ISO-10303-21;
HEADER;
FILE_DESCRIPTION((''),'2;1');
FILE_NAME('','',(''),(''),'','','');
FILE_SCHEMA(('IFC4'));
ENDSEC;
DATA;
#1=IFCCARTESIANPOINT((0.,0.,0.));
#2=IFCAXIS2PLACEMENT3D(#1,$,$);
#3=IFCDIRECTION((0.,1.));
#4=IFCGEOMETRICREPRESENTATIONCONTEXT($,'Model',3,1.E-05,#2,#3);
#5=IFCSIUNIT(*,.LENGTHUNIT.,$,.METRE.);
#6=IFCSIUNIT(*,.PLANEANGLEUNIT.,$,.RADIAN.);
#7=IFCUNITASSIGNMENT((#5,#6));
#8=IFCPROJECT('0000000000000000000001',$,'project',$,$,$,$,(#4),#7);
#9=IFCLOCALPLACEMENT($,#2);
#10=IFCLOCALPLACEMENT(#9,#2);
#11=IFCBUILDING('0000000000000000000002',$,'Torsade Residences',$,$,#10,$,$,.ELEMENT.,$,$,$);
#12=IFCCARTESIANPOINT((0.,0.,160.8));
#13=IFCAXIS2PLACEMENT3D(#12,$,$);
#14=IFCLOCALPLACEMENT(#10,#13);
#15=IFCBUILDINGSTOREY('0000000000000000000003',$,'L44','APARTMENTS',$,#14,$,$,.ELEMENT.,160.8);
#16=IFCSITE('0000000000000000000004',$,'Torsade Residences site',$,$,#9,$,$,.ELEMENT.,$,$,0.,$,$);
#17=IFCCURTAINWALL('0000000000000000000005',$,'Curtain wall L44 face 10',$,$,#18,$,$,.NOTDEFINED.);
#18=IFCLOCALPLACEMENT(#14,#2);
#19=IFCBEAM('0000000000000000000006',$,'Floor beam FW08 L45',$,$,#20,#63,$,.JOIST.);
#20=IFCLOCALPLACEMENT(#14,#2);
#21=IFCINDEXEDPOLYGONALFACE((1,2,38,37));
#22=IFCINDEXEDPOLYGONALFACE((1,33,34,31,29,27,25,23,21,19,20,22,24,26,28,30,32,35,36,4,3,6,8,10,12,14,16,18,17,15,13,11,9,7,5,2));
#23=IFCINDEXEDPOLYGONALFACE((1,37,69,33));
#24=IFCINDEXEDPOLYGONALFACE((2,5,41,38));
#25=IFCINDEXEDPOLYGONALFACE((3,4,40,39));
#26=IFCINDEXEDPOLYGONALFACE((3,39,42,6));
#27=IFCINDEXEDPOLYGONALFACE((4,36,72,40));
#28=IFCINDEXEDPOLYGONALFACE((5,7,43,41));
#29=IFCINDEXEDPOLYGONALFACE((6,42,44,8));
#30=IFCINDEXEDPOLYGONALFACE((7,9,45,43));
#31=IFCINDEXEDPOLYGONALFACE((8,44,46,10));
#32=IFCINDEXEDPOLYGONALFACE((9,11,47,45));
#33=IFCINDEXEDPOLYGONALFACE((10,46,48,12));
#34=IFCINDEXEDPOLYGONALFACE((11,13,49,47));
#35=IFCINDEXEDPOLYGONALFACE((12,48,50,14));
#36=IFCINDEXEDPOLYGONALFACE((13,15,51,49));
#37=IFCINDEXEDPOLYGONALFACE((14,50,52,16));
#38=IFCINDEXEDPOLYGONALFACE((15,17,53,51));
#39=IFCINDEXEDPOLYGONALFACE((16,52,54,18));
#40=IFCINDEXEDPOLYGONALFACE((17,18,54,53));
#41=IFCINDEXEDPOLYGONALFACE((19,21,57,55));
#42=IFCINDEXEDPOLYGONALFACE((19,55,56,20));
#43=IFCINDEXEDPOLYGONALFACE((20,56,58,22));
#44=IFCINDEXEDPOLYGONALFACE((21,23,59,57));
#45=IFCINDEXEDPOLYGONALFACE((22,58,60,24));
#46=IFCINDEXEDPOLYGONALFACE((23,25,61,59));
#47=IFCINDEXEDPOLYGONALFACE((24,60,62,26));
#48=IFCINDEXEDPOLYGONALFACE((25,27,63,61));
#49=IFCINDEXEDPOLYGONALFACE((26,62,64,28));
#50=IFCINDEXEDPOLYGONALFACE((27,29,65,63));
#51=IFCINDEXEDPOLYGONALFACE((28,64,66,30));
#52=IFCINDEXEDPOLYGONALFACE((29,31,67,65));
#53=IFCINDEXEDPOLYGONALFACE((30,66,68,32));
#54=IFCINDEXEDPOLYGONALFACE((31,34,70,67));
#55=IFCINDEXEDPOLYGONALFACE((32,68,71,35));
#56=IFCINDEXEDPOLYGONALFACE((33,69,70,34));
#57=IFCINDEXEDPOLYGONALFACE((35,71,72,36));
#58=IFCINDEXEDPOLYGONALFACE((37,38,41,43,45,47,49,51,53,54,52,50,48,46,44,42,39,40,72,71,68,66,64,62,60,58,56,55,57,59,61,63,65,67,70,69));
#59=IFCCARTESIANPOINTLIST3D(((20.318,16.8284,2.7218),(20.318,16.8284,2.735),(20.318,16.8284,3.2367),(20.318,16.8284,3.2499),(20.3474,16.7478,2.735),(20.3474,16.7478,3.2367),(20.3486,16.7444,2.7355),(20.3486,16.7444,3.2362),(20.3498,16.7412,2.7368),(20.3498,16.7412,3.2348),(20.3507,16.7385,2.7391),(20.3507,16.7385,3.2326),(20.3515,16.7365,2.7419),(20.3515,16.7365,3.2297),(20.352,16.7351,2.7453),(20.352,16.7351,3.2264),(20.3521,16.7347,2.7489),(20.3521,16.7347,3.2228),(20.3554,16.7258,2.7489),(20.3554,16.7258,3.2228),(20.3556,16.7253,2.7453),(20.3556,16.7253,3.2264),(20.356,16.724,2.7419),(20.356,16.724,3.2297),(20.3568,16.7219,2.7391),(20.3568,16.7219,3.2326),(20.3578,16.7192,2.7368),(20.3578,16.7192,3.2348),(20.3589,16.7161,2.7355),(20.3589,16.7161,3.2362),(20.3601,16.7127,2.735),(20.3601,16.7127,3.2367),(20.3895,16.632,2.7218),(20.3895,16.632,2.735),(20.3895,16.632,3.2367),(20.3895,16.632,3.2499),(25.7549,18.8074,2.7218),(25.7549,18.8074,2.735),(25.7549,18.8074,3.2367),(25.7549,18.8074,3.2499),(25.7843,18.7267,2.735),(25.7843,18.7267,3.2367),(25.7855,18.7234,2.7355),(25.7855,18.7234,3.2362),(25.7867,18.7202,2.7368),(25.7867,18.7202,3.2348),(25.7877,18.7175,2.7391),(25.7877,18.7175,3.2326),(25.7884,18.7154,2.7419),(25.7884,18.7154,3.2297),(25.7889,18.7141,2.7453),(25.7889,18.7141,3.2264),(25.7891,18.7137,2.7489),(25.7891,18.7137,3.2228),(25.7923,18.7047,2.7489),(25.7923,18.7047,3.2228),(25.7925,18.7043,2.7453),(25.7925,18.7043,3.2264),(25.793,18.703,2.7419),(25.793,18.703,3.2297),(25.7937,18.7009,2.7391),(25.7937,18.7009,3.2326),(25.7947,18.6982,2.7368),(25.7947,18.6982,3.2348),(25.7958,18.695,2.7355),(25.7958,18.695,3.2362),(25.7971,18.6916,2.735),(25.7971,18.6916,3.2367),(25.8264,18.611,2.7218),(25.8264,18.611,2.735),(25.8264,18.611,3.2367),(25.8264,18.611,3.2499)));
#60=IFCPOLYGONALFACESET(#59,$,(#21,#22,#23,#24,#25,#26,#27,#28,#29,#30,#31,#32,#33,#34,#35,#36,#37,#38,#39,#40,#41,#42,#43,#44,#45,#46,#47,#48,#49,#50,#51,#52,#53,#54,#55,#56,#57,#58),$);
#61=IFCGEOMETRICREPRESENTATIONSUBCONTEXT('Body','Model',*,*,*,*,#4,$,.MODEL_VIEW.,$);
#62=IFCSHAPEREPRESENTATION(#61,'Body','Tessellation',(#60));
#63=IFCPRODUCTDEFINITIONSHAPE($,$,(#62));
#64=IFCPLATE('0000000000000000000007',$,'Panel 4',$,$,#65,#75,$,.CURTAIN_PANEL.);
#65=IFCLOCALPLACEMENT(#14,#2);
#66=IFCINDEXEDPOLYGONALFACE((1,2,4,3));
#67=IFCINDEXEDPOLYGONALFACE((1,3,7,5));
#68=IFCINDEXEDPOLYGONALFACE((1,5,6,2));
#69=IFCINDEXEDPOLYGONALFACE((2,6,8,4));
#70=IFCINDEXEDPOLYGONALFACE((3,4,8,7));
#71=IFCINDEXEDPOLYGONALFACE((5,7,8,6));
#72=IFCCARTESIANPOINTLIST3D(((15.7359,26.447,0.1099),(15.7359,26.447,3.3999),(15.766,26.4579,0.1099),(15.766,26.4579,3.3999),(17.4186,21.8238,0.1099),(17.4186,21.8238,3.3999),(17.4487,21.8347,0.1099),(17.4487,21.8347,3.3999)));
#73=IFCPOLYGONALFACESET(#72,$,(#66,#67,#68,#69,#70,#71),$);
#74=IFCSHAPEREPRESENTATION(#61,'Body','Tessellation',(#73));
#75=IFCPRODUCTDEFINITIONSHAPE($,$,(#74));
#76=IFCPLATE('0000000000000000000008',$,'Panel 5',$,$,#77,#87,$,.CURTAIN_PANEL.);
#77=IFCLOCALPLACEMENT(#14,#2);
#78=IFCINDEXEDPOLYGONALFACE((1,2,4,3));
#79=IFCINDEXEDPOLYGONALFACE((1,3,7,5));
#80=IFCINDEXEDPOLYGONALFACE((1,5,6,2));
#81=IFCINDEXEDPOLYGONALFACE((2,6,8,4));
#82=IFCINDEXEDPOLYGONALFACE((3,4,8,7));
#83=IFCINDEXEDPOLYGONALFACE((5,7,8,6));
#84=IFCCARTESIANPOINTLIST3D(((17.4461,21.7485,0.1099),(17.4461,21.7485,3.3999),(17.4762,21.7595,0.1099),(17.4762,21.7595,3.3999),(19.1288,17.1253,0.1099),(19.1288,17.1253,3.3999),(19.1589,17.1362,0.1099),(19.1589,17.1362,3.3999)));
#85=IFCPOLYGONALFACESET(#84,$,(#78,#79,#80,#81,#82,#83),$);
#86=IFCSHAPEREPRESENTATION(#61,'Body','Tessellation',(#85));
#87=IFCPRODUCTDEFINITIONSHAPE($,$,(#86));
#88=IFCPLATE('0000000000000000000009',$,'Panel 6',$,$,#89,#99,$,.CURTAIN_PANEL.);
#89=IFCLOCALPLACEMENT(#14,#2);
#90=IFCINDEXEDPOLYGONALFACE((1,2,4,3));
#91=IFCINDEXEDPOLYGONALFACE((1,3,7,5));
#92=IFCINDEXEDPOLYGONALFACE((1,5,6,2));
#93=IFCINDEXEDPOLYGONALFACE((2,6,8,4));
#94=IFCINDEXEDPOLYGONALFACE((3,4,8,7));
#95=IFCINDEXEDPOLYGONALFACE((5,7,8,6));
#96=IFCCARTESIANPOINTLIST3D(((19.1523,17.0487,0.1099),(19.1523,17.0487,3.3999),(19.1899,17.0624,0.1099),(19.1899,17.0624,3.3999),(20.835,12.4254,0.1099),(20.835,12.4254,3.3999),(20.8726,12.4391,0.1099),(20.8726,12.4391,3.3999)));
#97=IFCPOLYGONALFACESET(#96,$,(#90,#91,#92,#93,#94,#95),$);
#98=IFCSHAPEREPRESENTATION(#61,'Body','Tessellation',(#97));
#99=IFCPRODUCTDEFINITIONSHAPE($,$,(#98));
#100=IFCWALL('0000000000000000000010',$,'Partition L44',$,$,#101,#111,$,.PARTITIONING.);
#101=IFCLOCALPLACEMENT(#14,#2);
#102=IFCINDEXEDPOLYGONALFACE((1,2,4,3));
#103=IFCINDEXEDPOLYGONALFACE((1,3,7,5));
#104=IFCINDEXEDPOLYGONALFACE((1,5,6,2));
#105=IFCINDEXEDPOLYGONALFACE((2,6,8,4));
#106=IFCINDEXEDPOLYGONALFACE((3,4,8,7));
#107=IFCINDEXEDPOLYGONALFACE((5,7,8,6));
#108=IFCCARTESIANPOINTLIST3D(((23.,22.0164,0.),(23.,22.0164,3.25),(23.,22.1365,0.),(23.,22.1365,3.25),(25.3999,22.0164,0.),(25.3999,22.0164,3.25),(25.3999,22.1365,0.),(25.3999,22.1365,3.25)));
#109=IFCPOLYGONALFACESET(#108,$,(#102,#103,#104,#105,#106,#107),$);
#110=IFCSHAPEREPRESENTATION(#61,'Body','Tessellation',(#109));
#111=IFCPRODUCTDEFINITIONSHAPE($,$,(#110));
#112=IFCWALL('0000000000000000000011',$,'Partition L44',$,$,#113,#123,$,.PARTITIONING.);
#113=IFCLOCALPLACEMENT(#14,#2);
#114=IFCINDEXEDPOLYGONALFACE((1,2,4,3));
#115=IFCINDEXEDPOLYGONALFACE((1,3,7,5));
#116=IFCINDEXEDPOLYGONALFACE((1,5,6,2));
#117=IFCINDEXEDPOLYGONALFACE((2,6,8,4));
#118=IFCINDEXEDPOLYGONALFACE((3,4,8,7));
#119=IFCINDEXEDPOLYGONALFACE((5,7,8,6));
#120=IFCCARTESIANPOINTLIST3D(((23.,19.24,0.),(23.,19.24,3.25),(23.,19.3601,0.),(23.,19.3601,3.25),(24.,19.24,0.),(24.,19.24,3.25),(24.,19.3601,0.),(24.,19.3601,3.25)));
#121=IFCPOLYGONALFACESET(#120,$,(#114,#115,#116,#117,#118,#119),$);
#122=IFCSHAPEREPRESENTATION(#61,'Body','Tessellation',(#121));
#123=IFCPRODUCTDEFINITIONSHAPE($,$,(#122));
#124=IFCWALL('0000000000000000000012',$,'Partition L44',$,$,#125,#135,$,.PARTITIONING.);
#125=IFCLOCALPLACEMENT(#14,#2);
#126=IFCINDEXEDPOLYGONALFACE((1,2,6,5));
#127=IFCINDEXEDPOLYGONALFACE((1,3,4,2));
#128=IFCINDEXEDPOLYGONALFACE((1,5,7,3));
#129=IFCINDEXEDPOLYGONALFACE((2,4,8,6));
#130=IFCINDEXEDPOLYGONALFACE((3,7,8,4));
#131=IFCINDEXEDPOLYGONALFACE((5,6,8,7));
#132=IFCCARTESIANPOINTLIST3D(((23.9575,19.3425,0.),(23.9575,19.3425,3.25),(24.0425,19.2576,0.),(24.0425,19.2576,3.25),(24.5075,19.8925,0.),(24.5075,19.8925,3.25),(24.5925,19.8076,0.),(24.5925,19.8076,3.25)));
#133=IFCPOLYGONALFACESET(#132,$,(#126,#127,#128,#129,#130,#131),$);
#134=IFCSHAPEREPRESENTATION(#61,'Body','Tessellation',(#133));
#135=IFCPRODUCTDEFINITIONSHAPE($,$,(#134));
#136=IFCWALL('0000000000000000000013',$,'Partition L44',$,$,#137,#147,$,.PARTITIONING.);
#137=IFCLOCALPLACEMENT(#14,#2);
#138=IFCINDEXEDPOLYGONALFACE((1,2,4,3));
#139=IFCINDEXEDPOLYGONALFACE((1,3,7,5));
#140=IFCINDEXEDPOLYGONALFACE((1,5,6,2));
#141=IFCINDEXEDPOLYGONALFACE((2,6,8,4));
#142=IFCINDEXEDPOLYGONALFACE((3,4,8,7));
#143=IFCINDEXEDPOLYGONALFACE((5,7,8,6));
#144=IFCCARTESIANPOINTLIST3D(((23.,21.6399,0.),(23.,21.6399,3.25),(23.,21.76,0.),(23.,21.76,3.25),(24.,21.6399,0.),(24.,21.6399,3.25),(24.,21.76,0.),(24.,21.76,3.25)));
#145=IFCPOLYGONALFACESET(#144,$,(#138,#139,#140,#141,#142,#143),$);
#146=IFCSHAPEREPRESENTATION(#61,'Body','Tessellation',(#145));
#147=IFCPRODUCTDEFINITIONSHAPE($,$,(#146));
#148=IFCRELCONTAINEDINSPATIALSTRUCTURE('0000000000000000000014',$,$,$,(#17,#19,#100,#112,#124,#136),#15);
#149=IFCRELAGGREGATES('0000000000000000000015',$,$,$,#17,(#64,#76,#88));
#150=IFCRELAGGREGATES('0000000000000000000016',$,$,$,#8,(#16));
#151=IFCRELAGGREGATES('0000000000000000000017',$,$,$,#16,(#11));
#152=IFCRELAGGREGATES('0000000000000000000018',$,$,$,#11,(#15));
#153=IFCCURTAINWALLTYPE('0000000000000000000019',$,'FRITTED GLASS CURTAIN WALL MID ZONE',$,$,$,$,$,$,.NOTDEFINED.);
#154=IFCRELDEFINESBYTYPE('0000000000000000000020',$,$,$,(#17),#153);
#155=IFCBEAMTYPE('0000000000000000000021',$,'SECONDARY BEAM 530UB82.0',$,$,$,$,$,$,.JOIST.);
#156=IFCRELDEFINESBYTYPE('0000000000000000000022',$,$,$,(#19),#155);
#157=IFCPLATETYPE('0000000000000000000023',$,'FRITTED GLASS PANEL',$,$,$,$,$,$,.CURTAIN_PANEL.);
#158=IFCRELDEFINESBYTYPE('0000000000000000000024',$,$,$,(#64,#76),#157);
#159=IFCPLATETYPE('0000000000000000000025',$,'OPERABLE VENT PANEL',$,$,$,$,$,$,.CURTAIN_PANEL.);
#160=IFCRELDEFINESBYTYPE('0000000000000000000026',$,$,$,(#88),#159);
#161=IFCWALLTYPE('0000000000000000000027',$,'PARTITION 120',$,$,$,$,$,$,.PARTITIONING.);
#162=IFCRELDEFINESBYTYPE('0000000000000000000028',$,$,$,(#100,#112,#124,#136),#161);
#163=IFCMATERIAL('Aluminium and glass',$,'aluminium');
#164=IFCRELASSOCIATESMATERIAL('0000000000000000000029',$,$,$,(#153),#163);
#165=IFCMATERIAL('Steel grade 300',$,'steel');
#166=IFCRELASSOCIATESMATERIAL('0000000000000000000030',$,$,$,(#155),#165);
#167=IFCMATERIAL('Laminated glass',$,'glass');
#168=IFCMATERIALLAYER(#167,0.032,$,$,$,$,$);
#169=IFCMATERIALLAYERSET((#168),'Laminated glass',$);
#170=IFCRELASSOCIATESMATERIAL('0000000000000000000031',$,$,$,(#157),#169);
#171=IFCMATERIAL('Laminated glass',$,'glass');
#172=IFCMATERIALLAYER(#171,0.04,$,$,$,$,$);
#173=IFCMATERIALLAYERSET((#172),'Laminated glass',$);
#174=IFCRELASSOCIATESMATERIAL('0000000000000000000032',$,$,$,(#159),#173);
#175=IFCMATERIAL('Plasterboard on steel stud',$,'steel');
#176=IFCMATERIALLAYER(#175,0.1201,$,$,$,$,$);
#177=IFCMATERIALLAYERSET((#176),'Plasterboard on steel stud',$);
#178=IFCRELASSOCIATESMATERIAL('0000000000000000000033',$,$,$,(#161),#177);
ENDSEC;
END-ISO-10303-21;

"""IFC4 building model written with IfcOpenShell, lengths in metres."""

from ifc_helpers import new_model, si_unit, direction, frame, frame_2d, origin, origin_2d, place, context, subcontext, project, spatial, rectangle, i_section, extrude, material, layer, layer_set, material_profile, profile_set, type_object, element, aggregate, save


model = new_model("IFC4")

# Units and contexts
model_context = context("Model", 3, precision=1e-05, world=origin(), true_north=direction((0.0, 1.0)))
body_context = subcontext(model_context, "Body", "Model", "MODEL_VIEW")
ifc_project = project(units=[si_unit("LENGTHUNIT", "METRE"), si_unit("PLANEANGLEUNIT", "RADIAN")], contexts=[model_context])

# Site, building, storey
site_placement = place(None, origin())
site = spatial("IfcSite", under=ifc_project, at=site_placement, Name="Torsade Residences site", CompositionType="ELEMENT", RefElevation=0.0)
building_placement = place(site_placement, origin())
building = spatial("IfcBuilding", under=site, at=building_placement, Name="Torsade Residences", CompositionType="ELEMENT")
storey_placement = place(building_placement, frame((0.0, 0.0, 160.8)))
storey = spatial("IfcBuildingStorey", under=building, at=storey_placement, Name="L44", Description="APARTMENTS", CompositionType="ELEMENT", Elevation=160.8)

# Curtain wall
ifc_material_1 = material(Name="Aluminium and glass", Category="aluminium")
curtain_wall_type = type_object("IfcCurtainWallType", Name="FRITTED GLASS CURTAIN WALL MID ZONE", PredefinedType="NOTDEFINED", material=ifc_material_1)
curtain_wall_placement = place(storey_placement, origin())
curtain_wall = element("IfcCurtainWall", 1, at=curtain_wall_placement, inside=storey, type_object=curtain_wall_type, Name="Curtain wall L44 face 10", PredefinedType="NOTDEFINED")

# Beam
ifc_material_2 = material(Name="Steel grade 300", Category="steel")
ifc_material_profile_1 = material_profile(ifc_material_2, i_section(OverallWidth=0.209, OverallDepth=0.5281, WebThickness=0.0095, FlangeThickness=0.0132, FilletRadius=0.0139, at=origin_2d()), Name="530UB82.0")
ifc_profile_set_1 = profile_set([ifc_material_profile_1], Name="Steel grade 300")
beam_type_1 = type_object("IfcBeamType", Name="SECONDARY BEAM 530UB82.0", PredefinedType="JOIST", material=ifc_profile_set_1)
beam_1_placement = place(storey_placement, frame((20.3538, 16.7302, 2.9858), z_axis=(0.939687, 0.342034, 0.0), x_axis=(-0.342034, 0.939687, 0.0)))
element("IfcBeam", 2, at=beam_1_placement, inside=storey, type_object=beam_type_1, Name="Floor beam FW08 L45", PredefinedType="JOIST", context=body_context, shape_type="SweptSolid", body=[
    extrude(i_section(OverallWidth=0.209, OverallDepth=0.5281, WebThickness=0.0095, FlangeThickness=0.0132, FilletRadius=0.0139, at=origin_2d()), origin(), (0.0, 0.0, 1.0), 5.7859),
])

# Plates
ifc_material_3 = material(Name="Laminated glass", Category="glass")
ifc_layer_1 = layer(ifc_material_3, 0.032)
ifc_layer_set_1 = layer_set([ifc_layer_1], Name="Laminated glass")
plate_type_1 = type_object("IfcPlateType", Name="FRITTED GLASS PANEL", PredefinedType="CURTAIN_PANEL", material=ifc_layer_set_1)
plate_1_placement = place(storey_placement, frame((16.5923, 24.1409, 0.1099), z_axis=(0.0, 0.0, 1.0), x_axis=(0.34202, -0.939693, 0.0)))
plate_1 = element("IfcPlate", 3, at=plate_1_placement, type_object=plate_type_1, Name="Panel 4", PredefinedType="CURTAIN_PANEL", context=body_context, shape_type="SweptSolid", body=[
    extrude(rectangle(XDim=4.9199, YDim=0.032, at=origin_2d()), origin(), (0.0, 0.0, 1.0), 3.29),
])
plate_2_placement = place(storey_placement, frame((18.3025, 19.4424, 0.1099), z_axis=(0.0, 0.0, 1.0), x_axis=(0.34202, -0.939693, 0.0)))
plate_2 = element("IfcPlate", 4, at=plate_2_placement, type_object=plate_type_1, Name="Panel 5", PredefinedType="CURTAIN_PANEL", context=body_context, shape_type="SweptSolid", body=[
    extrude(rectangle(XDim=4.9199, YDim=0.032, at=origin_2d()), origin(), (0.0, 0.0, 1.0), 3.29),
])
ifc_material_4 = material(Name="Laminated glass", Category="glass")
ifc_layer_2 = layer(ifc_material_4, 0.04)
ifc_layer_set_2 = layer_set([ifc_layer_2], Name="Laminated glass")
plate_type_2 = type_object("IfcPlateType", Name="OPERABLE VENT PANEL", PredefinedType="CURTAIN_PANEL", material=ifc_layer_set_2)
plate_3_placement = place(storey_placement, frame((20.0125, 14.7439, 0.1099), z_axis=(0.0, 0.0, 1.0), x_axis=(0.34202, -0.939693, 0.0)))
plate_3 = element("IfcPlate", 5, at=plate_3_placement, type_object=plate_type_2, Name="Panel 6", PredefinedType="CURTAIN_PANEL", context=body_context, shape_type="SweptSolid", body=[
    extrude(rectangle(XDim=4.9199, YDim=0.04, at=origin_2d()), origin(), (0.0, 0.0, 1.0), 3.29),
])
aggregate(curtain_wall, [plate_1, plate_2, plate_3])

# Walls
ifc_material_5 = material(Name="Plasterboard on steel stud", Category="steel")
ifc_layer_3 = layer(ifc_material_5, 0.1201)
ifc_layer_set_3 = layer_set([ifc_layer_3], Name="Plasterboard on steel stud")
wall_type = type_object("IfcWallType", Name="PARTITION 120", PredefinedType="PARTITIONING", material=ifc_layer_set_3)
wall_1_placement = place(storey_placement, frame((23.0, 22.0764, 0.0), z_axis=(0.0, 0.0, 1.0), x_axis=(1.0, 0.0, 0.0)))
element("IfcWall", 6, at=wall_1_placement, inside=storey, type_object=wall_type, Name="Partition L44", PredefinedType="PARTITIONING", context=body_context, shape_type="SweptSolid", body=[
    extrude(rectangle(XDim=2.3999, YDim=0.1201, at=frame_2d((1.2, 0.0))), origin(), (0.0, 0.0, 1.0), 3.25),
])
wall_2_placement = place(storey_placement, frame((23.0, 19.3, 0.0), z_axis=(0.0, 0.0, 1.0), x_axis=(1.0, 0.0, 0.0)))
element("IfcWall", 7, at=wall_2_placement, inside=storey, type_object=wall_type, Name="Partition L44", PredefinedType="PARTITIONING", context=body_context, shape_type="SweptSolid", body=[
    extrude(rectangle(XDim=1.0, YDim=0.1201, at=frame_2d((0.5, 0.0))), origin(), (0.0, 0.0, 1.0), 3.25),
])
wall_3_placement = place(storey_placement, frame((24.0, 19.3, 0.0), z_axis=(0.0, 0.0, 1.0), x_axis=(0.707107, 0.707107, 0.0)))
element("IfcWall", 8, at=wall_3_placement, inside=storey, type_object=wall_type, Name="Partition L44", PredefinedType="PARTITIONING", context=body_context, shape_type="SweptSolid", body=[
    extrude(rectangle(XDim=0.7778, YDim=0.1201, at=frame_2d((0.3889, 0.0))), origin(), (0.0, 0.0, 1.0), 3.25),
])
wall_4_placement = place(storey_placement, frame((24.0, 21.7, 0.0), z_axis=(0.0, 0.0, 1.0), x_axis=(-1.0, 0.0, 0.0)))
element("IfcWall", 9, at=wall_4_placement, inside=storey, type_object=wall_type, Name="Partition L44", PredefinedType="PARTITIONING", context=body_context, shape_type="SweptSolid", body=[
    extrude(rectangle(XDim=1.0, YDim=0.1201, at=frame_2d((0.5, 0.0))), origin(), (0.0, 0.0, 1.0), 3.25),
])

save(model, "model.ifc")
